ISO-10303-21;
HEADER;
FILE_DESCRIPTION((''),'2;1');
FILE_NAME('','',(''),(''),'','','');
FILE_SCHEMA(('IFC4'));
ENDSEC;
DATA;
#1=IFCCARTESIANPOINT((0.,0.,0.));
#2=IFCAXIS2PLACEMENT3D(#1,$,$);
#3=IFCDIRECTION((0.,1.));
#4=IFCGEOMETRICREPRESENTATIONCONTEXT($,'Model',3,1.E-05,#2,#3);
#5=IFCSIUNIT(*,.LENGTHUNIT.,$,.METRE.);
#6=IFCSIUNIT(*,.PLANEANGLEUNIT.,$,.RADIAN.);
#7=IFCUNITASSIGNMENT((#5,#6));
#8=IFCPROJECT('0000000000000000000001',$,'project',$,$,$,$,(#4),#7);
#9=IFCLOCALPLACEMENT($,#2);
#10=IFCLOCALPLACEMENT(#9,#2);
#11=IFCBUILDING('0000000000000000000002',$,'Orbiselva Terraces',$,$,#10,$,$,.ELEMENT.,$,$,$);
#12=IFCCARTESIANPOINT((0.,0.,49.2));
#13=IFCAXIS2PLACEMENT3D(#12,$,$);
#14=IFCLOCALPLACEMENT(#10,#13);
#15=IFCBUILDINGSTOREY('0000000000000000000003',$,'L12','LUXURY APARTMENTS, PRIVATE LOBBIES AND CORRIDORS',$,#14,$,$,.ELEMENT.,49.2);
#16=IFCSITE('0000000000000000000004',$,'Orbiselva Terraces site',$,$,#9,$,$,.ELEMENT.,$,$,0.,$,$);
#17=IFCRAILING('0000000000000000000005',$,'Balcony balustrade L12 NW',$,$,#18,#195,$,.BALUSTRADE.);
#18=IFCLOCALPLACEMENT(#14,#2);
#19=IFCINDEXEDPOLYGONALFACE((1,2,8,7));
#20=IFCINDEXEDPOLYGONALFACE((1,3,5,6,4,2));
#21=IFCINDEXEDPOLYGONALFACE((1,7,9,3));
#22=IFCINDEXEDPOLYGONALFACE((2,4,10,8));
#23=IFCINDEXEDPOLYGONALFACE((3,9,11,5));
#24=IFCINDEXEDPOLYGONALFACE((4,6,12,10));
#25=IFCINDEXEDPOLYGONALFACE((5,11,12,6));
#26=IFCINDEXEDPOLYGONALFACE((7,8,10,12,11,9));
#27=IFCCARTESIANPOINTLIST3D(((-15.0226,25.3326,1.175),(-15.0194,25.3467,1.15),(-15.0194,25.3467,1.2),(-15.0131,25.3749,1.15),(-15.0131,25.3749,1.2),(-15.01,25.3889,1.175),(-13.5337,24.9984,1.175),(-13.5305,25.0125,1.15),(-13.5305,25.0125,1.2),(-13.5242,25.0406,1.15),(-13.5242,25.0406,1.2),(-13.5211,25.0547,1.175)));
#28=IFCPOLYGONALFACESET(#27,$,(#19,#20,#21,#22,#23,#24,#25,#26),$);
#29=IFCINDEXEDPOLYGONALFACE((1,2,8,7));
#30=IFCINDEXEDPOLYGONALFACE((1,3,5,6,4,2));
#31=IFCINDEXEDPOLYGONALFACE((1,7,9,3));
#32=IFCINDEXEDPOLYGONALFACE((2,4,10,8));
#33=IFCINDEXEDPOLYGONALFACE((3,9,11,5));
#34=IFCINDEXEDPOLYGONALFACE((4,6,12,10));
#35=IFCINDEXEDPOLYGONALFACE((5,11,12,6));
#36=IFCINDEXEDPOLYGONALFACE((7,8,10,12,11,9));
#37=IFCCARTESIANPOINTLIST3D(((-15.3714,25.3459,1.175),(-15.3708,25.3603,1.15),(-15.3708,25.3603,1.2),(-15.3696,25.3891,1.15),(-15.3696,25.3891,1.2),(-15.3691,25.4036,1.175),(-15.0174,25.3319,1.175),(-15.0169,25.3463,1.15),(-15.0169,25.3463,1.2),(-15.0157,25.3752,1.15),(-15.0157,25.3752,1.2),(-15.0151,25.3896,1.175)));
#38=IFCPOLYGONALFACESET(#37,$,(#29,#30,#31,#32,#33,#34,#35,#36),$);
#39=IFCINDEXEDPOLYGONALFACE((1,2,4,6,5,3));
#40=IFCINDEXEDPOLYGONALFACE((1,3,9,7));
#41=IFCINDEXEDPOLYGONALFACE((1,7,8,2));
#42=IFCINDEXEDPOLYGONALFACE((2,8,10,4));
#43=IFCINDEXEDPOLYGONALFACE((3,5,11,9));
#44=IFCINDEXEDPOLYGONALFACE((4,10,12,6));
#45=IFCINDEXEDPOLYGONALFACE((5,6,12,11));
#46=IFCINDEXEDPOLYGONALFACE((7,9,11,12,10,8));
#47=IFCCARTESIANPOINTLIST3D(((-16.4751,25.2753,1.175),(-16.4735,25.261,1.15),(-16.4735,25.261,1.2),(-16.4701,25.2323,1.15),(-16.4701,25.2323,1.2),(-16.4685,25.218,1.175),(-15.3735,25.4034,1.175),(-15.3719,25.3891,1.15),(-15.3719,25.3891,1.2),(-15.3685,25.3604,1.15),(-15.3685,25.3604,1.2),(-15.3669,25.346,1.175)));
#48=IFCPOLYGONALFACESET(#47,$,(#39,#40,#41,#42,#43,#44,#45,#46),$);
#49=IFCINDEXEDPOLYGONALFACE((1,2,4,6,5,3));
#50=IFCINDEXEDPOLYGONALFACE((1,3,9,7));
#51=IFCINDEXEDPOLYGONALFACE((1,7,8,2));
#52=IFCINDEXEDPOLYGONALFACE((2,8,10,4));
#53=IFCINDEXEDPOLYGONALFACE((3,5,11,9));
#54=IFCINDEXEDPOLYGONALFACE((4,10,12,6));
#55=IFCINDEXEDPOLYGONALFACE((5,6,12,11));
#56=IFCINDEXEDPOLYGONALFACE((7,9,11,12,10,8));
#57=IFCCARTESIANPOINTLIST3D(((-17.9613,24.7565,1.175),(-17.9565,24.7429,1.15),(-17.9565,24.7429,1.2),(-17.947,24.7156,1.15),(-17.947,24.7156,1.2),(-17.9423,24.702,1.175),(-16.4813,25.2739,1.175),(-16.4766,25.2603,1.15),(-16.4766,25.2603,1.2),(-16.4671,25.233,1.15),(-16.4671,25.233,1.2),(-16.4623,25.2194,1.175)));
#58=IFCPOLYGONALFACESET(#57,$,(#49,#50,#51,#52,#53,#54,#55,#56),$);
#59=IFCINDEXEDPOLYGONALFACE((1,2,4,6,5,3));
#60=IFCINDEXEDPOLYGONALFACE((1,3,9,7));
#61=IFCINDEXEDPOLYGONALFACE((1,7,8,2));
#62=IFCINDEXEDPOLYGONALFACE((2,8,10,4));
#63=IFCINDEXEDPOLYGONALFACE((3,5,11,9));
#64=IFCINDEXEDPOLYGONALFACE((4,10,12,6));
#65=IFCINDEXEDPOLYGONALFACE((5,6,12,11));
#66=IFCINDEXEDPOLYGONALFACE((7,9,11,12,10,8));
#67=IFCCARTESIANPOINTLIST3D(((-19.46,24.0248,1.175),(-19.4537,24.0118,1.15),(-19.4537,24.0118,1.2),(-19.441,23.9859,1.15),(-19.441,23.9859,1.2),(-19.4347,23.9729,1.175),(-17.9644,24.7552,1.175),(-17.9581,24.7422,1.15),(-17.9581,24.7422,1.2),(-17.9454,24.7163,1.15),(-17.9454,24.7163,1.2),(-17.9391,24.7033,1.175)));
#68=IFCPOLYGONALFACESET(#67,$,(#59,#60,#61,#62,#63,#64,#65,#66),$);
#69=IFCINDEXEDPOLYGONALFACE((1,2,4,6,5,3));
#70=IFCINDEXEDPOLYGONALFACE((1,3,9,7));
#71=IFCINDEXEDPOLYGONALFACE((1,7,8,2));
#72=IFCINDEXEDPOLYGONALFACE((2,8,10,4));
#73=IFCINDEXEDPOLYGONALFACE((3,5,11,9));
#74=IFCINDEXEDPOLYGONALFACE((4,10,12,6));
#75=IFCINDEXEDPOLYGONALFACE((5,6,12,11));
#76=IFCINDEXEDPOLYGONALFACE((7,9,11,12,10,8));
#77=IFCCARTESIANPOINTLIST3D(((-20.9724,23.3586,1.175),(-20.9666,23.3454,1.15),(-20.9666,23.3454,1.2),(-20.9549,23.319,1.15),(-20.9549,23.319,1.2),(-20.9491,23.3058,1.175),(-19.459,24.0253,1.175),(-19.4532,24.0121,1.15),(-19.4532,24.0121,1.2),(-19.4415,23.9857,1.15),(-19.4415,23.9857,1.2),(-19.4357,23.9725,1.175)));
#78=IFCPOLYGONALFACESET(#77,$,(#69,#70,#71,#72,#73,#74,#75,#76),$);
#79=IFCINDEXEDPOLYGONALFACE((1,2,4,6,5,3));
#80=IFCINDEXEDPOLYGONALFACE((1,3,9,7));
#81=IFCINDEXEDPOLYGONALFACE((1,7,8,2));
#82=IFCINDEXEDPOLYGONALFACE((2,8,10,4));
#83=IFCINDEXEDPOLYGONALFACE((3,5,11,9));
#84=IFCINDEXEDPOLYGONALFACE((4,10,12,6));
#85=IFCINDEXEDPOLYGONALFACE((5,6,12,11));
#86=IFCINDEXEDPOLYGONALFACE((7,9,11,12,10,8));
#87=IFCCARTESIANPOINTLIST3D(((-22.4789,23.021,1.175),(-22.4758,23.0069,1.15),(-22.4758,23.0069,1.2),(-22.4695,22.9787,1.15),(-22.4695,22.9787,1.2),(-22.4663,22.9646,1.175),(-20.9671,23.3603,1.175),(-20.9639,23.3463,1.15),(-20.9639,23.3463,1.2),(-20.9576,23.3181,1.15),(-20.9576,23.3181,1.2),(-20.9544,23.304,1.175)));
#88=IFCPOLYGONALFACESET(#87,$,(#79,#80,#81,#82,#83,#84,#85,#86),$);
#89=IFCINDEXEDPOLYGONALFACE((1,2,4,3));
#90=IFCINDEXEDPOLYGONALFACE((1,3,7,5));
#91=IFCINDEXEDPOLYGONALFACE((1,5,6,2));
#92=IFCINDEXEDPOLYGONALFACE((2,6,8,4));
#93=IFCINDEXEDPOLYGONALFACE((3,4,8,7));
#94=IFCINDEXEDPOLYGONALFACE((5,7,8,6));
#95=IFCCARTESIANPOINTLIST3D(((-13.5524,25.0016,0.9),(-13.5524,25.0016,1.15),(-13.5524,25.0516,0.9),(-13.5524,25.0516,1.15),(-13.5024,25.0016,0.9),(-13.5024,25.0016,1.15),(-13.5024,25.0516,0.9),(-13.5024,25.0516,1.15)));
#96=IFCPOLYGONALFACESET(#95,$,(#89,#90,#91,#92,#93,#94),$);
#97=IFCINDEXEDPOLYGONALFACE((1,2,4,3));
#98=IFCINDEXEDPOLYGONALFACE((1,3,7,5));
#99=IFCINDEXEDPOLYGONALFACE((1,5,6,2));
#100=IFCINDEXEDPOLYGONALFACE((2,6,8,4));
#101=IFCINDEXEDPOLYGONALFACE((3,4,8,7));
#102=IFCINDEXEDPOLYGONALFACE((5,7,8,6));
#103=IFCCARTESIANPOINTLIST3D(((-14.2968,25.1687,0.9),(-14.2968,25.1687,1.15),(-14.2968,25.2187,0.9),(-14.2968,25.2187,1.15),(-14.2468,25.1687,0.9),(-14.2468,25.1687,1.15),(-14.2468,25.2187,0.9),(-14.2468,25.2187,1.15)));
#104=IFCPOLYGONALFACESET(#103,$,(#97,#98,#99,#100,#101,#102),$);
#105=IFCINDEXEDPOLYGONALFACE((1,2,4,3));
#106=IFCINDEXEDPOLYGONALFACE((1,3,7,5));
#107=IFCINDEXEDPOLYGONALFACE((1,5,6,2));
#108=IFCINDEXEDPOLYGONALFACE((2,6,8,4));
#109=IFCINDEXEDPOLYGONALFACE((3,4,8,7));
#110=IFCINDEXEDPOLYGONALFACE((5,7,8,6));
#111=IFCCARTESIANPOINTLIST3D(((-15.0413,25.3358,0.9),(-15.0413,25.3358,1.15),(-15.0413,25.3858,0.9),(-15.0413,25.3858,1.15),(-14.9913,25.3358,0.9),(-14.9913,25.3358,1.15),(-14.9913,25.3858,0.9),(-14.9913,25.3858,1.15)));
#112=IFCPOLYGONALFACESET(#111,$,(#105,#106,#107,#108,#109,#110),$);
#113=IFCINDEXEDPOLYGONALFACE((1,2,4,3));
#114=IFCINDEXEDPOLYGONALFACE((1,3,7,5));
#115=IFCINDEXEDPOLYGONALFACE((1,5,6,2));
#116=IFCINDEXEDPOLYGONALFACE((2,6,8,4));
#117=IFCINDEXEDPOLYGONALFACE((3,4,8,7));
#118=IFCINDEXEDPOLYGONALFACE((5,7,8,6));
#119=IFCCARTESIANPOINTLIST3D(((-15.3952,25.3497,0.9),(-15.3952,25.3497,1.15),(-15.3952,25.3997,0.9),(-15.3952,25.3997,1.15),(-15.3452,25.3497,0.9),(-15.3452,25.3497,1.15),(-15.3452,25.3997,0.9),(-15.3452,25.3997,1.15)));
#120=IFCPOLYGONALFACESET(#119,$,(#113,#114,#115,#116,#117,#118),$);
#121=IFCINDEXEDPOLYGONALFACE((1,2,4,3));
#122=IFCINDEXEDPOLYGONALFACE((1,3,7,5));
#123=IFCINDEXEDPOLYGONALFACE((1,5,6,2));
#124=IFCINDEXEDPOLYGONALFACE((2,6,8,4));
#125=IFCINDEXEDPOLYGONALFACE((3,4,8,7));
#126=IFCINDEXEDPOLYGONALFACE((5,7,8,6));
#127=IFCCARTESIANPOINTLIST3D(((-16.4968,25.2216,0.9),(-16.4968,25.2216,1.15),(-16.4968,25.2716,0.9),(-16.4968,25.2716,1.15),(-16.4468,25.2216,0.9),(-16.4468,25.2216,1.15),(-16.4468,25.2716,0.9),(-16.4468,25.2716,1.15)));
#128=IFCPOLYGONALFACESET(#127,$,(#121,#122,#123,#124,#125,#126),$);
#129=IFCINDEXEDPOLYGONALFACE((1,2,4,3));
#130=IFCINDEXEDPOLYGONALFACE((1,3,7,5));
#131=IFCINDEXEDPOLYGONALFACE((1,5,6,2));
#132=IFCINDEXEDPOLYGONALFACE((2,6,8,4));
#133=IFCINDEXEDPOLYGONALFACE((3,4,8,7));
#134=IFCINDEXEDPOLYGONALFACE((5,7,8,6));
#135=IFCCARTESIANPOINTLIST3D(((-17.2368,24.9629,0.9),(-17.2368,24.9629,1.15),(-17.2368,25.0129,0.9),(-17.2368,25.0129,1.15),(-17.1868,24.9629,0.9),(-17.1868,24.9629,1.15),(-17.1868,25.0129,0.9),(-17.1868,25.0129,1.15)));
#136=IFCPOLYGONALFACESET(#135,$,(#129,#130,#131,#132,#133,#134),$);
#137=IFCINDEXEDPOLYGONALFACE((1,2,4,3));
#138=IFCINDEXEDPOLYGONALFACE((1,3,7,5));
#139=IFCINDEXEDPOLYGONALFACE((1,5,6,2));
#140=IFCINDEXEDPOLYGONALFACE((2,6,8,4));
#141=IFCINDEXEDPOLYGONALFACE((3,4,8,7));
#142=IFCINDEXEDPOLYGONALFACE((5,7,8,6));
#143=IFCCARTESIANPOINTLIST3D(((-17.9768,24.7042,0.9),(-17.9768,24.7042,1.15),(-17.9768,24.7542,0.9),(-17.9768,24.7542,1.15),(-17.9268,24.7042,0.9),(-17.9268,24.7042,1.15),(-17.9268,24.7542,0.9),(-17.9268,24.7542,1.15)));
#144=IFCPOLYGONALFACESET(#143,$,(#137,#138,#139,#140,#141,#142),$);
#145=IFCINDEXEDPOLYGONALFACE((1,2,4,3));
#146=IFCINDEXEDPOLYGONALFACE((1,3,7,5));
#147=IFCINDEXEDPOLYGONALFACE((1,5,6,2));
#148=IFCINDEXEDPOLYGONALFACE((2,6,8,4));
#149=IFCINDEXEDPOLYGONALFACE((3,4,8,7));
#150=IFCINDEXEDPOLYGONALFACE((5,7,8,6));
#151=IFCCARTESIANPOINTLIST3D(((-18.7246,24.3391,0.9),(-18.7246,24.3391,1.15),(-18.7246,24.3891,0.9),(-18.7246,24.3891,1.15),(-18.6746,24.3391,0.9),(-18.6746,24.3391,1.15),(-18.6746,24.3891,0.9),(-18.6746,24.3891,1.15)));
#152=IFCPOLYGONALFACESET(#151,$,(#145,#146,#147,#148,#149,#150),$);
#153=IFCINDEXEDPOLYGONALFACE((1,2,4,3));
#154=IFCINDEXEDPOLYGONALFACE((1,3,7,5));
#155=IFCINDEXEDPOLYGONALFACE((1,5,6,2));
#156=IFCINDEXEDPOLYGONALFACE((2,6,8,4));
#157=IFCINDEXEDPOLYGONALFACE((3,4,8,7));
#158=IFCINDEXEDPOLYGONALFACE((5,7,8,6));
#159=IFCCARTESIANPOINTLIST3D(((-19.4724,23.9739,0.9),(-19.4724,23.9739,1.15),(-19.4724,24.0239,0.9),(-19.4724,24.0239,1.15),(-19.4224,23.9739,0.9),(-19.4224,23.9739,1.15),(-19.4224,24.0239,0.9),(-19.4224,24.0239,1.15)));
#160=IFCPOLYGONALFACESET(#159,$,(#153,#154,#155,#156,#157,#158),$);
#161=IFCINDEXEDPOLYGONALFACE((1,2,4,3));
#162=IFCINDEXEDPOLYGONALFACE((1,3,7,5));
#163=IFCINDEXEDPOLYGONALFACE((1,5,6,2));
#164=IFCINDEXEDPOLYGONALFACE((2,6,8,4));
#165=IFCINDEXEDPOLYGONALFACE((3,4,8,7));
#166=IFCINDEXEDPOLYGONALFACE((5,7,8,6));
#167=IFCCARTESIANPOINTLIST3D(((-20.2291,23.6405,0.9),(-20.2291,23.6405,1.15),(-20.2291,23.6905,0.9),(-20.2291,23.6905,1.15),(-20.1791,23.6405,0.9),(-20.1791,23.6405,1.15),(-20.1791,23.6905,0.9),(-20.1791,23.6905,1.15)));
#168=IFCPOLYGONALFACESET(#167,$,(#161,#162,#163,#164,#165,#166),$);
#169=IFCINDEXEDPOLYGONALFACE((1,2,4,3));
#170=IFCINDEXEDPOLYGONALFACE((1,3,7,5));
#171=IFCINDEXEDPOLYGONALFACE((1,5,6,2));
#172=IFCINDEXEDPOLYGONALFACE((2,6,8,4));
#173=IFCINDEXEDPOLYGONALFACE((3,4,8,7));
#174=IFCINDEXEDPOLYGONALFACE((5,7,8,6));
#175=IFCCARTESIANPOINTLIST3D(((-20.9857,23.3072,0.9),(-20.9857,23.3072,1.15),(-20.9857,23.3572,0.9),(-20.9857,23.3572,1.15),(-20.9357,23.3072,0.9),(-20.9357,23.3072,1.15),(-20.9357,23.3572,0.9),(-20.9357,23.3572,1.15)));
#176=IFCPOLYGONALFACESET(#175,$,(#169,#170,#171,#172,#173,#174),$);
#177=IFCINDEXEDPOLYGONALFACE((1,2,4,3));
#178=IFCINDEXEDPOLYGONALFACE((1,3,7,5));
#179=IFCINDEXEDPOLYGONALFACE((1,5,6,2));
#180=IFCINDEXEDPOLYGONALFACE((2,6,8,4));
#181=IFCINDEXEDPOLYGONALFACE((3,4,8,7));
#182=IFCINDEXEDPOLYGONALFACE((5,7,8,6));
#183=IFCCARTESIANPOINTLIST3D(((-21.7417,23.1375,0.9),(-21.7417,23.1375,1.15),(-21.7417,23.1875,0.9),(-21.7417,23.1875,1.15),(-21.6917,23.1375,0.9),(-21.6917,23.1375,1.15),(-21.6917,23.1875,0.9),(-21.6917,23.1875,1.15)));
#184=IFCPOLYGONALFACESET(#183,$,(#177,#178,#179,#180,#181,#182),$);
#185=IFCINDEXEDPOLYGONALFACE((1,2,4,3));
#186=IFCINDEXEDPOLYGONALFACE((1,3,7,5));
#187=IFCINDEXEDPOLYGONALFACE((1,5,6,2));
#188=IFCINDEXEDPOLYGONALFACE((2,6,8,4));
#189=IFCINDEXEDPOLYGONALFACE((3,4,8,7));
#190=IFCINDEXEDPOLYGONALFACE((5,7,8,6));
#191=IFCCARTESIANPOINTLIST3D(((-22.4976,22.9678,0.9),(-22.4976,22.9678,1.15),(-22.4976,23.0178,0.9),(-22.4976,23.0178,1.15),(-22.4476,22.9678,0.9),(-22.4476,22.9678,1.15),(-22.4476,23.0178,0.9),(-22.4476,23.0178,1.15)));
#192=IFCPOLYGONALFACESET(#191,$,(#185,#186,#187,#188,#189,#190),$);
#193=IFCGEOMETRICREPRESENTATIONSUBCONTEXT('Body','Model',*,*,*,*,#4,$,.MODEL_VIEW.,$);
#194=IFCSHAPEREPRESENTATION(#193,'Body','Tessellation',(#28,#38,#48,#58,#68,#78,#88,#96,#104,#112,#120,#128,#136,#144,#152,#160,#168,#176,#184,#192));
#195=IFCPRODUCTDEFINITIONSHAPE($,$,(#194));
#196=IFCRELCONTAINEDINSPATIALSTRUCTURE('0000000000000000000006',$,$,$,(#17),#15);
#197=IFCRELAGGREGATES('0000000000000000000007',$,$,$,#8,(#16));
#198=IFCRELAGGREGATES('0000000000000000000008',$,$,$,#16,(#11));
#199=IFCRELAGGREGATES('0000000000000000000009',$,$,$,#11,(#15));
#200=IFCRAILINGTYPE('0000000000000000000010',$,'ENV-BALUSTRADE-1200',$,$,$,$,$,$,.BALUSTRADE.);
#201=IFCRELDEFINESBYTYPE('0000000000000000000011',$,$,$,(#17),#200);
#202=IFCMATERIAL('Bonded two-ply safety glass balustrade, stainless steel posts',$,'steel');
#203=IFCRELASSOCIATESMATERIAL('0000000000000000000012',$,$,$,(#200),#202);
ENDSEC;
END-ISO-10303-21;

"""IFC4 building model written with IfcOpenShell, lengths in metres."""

from ifc_helpers import new_model, si_unit, direction, frame, origin, origin_2d, place, context, subcontext, project, spatial, polyline, rectangle, outline, extrude, material, type_object, element, save


model = new_model("IFC4")

# Units and contexts
model_context = context("Model", 3, precision=1e-05, world=origin(), true_north=direction((0.0, 1.0)))
body_context = subcontext(model_context, "Body", "Model", "MODEL_VIEW")
ifc_project = project(units=[si_unit("LENGTHUNIT", "METRE"), si_unit("PLANEANGLEUNIT", "RADIAN")], contexts=[model_context])

# Site, building, storey
site_placement = place(None, origin())
site = spatial("IfcSite", under=ifc_project, at=site_placement, Name="Orbiselva Terraces site", CompositionType="ELEMENT", RefElevation=0.0)
building_placement = place(site_placement, origin())
building = spatial("IfcBuilding", under=site, at=building_placement, Name="Orbiselva Terraces", CompositionType="ELEMENT")
storey_placement = place(building_placement, frame((0.0, 0.0, 49.2)))
storey = spatial("IfcBuildingStorey", under=building, at=storey_placement, Name="L12", Description="LUXURY APARTMENTS, PRIVATE LOBBIES AND CORRIDORS", CompositionType="ELEMENT", Elevation=49.2)

# Railing
ifc_material_1 = material(Name="Bonded two-ply safety glass balustrade, stainless steel posts", Category="steel")
railing_type_1 = type_object("IfcRailingType", Name="ENV-BALUSTRADE-1200", PredefinedType="BALUSTRADE", material=ifc_material_1)
railing_1_placement = place(storey_placement, frame((-13.5274, 25.0266, 0.9)))
element("IfcRailing", 1, at=railing_1_placement, inside=storey, type_object=railing_type_1, Name="Balcony balustrade L12 NW", PredefinedType="BALUSTRADE", context=body_context, shape_type="SweptSolid", body=[
    extrude(outline(polyline([(0.0289, 0.0), (0.0144, 0.025), (-0.0144, 0.025), (-0.0289, 0.0), (-0.0144, -0.025), (0.0144, -0.025), (0.0289, 0.0)])), frame((0.0, 0.0, 0.275), z_axis=(-0.975721, 0.219016, 0.0), x_axis=(-0.219016, -0.975721, 0.0)), (0.0, 0.0, 1.0), 1.526),
    extrude(outline(polyline([(0.0289, 0.0), (0.0144, 0.025), (-0.0144, 0.025), (-0.0289, 0.0), (-0.0144, -0.025), (0.0144, -0.025), (0.0289, 0.0)])), frame((-1.4889, 0.3342, 0.275), z_axis=(-0.999225, 0.039364, 0.0), x_axis=(-0.039364, -0.999225, 0.0)), (0.0, 0.0, 1.0), 0.3542),
    extrude(outline(polyline([(0.0289, 0.0), (0.0144, 0.025), (-0.0144, 0.025), (-0.0289, 0.0), (-0.0144, -0.025), (0.0144, -0.025), (0.0289, 0.0)])), frame((-1.8428, 0.3482, 0.275), z_axis=(-0.99331, -0.115481, 0.0), x_axis=(0.115481, -0.99331, 0.0)), (0.0, 0.0, 1.0), 1.109),
    extrude(outline(polyline([(0.0289, 0.0), (0.0144, 0.025), (-0.0144, 0.025), (-0.0289, 0.0), (-0.0144, -0.025), (0.0144, -0.025), (0.0289, 0.0)])), frame((-2.9444, 0.2201, 0.275), z_axis=(-0.943972, -0.330025, 0.0), x_axis=(0.330025, -0.943972, 0.0)), (0.0, 0.0, 1.0), 1.5678),
    extrude(outline(polyline([(0.0289, 0.0), (0.0144, 0.025), (-0.0144, 0.025), (-0.0289, 0.0), (-0.0144, -0.025), (0.0144, -0.025), (0.0289, 0.0)])), frame((-4.4244, -0.2973, 0.275), z_axis=(-0.898579, -0.438812, 0.0), x_axis=(0.438812, -0.898579, 0.0)), (0.0, 0.0, 1.0), 1.6644),
    extrude(outline(polyline([(0.0289, 0.0), (0.0144, 0.025), (-0.0144, 0.025), (-0.0289, 0.0), (-0.0144, -0.025), (0.0144, -0.025), (0.0289, 0.0)])), frame((-5.92, -1.0277, 0.275), z_axis=(-0.915134, -0.403151, 0.0), x_axis=(0.403151, -0.915134, 0.0)), (0.0, 0.0, 1.0), 1.6537),
    extrude(outline(polyline([(0.0289, 0.0), (0.0144, 0.025), (-0.0144, 0.025), (-0.0289, 0.0), (-0.0144, -0.025), (0.0144, -0.025), (0.0289, 0.0)])), frame((-7.4334, -1.6944, 0.275), z_axis=(-0.975721, -0.219016, 0.0), x_axis=(0.219016, -0.975721, 0.0)), (0.0, 0.0, 1.0), 1.5495),
    extrude(rectangle(XDim=0.05, YDim=0.05, at=origin_2d()), origin(), (0.0, 0.0, 1.0), 0.25),
    extrude(rectangle(XDim=0.05, YDim=0.05, at=origin_2d()), frame((-0.7445, 0.1671, 0.0)), (0.0, 0.0, 1.0), 0.25),
    extrude(rectangle(XDim=0.05, YDim=0.05, at=origin_2d()), frame((-1.4889, 0.3342, 0.0)), (0.0, 0.0, 1.0), 0.25),
    extrude(rectangle(XDim=0.05, YDim=0.05, at=origin_2d()), frame((-1.8428, 0.3482, 0.0)), (0.0, 0.0, 1.0), 0.25),
    extrude(rectangle(XDim=0.05, YDim=0.05, at=origin_2d()), frame((-2.9444, 0.2201, 0.0)), (0.0, 0.0, 1.0), 0.25),
    extrude(rectangle(XDim=0.05, YDim=0.05, at=origin_2d()), frame((-3.6844, -0.0386, 0.0)), (0.0, 0.0, 1.0), 0.25),
    extrude(rectangle(XDim=0.05, YDim=0.05, at=origin_2d()), frame((-4.4244, -0.2973, 0.0)), (0.0, 0.0, 1.0), 0.25),
    extrude(rectangle(XDim=0.05, YDim=0.05, at=origin_2d()), frame((-5.1722, -0.6625, 0.0)), (0.0, 0.0, 1.0), 0.25),
    extrude(rectangle(XDim=0.05, YDim=0.05, at=origin_2d()), frame((-5.92, -1.0277, 0.0)), (0.0, 0.0, 1.0), 0.25),
    extrude(rectangle(XDim=0.05, YDim=0.05, at=origin_2d()), frame((-6.6767, -1.361, 0.0)), (0.0, 0.0, 1.0), 0.25),
    extrude(rectangle(XDim=0.05, YDim=0.05, at=origin_2d()), frame((-7.4334, -1.6944, 0.0)), (0.0, 0.0, 1.0), 0.25),
    extrude(rectangle(XDim=0.05, YDim=0.05, at=origin_2d()), frame((-8.1893, -1.8641, 0.0)), (0.0, 0.0, 1.0), 0.25),
    extrude(rectangle(XDim=0.05, YDim=0.05, at=origin_2d()), frame((-8.9452, -2.0338, 0.0)), (0.0, 0.0, 1.0), 0.25),
])

save(model, "model.ifc")
